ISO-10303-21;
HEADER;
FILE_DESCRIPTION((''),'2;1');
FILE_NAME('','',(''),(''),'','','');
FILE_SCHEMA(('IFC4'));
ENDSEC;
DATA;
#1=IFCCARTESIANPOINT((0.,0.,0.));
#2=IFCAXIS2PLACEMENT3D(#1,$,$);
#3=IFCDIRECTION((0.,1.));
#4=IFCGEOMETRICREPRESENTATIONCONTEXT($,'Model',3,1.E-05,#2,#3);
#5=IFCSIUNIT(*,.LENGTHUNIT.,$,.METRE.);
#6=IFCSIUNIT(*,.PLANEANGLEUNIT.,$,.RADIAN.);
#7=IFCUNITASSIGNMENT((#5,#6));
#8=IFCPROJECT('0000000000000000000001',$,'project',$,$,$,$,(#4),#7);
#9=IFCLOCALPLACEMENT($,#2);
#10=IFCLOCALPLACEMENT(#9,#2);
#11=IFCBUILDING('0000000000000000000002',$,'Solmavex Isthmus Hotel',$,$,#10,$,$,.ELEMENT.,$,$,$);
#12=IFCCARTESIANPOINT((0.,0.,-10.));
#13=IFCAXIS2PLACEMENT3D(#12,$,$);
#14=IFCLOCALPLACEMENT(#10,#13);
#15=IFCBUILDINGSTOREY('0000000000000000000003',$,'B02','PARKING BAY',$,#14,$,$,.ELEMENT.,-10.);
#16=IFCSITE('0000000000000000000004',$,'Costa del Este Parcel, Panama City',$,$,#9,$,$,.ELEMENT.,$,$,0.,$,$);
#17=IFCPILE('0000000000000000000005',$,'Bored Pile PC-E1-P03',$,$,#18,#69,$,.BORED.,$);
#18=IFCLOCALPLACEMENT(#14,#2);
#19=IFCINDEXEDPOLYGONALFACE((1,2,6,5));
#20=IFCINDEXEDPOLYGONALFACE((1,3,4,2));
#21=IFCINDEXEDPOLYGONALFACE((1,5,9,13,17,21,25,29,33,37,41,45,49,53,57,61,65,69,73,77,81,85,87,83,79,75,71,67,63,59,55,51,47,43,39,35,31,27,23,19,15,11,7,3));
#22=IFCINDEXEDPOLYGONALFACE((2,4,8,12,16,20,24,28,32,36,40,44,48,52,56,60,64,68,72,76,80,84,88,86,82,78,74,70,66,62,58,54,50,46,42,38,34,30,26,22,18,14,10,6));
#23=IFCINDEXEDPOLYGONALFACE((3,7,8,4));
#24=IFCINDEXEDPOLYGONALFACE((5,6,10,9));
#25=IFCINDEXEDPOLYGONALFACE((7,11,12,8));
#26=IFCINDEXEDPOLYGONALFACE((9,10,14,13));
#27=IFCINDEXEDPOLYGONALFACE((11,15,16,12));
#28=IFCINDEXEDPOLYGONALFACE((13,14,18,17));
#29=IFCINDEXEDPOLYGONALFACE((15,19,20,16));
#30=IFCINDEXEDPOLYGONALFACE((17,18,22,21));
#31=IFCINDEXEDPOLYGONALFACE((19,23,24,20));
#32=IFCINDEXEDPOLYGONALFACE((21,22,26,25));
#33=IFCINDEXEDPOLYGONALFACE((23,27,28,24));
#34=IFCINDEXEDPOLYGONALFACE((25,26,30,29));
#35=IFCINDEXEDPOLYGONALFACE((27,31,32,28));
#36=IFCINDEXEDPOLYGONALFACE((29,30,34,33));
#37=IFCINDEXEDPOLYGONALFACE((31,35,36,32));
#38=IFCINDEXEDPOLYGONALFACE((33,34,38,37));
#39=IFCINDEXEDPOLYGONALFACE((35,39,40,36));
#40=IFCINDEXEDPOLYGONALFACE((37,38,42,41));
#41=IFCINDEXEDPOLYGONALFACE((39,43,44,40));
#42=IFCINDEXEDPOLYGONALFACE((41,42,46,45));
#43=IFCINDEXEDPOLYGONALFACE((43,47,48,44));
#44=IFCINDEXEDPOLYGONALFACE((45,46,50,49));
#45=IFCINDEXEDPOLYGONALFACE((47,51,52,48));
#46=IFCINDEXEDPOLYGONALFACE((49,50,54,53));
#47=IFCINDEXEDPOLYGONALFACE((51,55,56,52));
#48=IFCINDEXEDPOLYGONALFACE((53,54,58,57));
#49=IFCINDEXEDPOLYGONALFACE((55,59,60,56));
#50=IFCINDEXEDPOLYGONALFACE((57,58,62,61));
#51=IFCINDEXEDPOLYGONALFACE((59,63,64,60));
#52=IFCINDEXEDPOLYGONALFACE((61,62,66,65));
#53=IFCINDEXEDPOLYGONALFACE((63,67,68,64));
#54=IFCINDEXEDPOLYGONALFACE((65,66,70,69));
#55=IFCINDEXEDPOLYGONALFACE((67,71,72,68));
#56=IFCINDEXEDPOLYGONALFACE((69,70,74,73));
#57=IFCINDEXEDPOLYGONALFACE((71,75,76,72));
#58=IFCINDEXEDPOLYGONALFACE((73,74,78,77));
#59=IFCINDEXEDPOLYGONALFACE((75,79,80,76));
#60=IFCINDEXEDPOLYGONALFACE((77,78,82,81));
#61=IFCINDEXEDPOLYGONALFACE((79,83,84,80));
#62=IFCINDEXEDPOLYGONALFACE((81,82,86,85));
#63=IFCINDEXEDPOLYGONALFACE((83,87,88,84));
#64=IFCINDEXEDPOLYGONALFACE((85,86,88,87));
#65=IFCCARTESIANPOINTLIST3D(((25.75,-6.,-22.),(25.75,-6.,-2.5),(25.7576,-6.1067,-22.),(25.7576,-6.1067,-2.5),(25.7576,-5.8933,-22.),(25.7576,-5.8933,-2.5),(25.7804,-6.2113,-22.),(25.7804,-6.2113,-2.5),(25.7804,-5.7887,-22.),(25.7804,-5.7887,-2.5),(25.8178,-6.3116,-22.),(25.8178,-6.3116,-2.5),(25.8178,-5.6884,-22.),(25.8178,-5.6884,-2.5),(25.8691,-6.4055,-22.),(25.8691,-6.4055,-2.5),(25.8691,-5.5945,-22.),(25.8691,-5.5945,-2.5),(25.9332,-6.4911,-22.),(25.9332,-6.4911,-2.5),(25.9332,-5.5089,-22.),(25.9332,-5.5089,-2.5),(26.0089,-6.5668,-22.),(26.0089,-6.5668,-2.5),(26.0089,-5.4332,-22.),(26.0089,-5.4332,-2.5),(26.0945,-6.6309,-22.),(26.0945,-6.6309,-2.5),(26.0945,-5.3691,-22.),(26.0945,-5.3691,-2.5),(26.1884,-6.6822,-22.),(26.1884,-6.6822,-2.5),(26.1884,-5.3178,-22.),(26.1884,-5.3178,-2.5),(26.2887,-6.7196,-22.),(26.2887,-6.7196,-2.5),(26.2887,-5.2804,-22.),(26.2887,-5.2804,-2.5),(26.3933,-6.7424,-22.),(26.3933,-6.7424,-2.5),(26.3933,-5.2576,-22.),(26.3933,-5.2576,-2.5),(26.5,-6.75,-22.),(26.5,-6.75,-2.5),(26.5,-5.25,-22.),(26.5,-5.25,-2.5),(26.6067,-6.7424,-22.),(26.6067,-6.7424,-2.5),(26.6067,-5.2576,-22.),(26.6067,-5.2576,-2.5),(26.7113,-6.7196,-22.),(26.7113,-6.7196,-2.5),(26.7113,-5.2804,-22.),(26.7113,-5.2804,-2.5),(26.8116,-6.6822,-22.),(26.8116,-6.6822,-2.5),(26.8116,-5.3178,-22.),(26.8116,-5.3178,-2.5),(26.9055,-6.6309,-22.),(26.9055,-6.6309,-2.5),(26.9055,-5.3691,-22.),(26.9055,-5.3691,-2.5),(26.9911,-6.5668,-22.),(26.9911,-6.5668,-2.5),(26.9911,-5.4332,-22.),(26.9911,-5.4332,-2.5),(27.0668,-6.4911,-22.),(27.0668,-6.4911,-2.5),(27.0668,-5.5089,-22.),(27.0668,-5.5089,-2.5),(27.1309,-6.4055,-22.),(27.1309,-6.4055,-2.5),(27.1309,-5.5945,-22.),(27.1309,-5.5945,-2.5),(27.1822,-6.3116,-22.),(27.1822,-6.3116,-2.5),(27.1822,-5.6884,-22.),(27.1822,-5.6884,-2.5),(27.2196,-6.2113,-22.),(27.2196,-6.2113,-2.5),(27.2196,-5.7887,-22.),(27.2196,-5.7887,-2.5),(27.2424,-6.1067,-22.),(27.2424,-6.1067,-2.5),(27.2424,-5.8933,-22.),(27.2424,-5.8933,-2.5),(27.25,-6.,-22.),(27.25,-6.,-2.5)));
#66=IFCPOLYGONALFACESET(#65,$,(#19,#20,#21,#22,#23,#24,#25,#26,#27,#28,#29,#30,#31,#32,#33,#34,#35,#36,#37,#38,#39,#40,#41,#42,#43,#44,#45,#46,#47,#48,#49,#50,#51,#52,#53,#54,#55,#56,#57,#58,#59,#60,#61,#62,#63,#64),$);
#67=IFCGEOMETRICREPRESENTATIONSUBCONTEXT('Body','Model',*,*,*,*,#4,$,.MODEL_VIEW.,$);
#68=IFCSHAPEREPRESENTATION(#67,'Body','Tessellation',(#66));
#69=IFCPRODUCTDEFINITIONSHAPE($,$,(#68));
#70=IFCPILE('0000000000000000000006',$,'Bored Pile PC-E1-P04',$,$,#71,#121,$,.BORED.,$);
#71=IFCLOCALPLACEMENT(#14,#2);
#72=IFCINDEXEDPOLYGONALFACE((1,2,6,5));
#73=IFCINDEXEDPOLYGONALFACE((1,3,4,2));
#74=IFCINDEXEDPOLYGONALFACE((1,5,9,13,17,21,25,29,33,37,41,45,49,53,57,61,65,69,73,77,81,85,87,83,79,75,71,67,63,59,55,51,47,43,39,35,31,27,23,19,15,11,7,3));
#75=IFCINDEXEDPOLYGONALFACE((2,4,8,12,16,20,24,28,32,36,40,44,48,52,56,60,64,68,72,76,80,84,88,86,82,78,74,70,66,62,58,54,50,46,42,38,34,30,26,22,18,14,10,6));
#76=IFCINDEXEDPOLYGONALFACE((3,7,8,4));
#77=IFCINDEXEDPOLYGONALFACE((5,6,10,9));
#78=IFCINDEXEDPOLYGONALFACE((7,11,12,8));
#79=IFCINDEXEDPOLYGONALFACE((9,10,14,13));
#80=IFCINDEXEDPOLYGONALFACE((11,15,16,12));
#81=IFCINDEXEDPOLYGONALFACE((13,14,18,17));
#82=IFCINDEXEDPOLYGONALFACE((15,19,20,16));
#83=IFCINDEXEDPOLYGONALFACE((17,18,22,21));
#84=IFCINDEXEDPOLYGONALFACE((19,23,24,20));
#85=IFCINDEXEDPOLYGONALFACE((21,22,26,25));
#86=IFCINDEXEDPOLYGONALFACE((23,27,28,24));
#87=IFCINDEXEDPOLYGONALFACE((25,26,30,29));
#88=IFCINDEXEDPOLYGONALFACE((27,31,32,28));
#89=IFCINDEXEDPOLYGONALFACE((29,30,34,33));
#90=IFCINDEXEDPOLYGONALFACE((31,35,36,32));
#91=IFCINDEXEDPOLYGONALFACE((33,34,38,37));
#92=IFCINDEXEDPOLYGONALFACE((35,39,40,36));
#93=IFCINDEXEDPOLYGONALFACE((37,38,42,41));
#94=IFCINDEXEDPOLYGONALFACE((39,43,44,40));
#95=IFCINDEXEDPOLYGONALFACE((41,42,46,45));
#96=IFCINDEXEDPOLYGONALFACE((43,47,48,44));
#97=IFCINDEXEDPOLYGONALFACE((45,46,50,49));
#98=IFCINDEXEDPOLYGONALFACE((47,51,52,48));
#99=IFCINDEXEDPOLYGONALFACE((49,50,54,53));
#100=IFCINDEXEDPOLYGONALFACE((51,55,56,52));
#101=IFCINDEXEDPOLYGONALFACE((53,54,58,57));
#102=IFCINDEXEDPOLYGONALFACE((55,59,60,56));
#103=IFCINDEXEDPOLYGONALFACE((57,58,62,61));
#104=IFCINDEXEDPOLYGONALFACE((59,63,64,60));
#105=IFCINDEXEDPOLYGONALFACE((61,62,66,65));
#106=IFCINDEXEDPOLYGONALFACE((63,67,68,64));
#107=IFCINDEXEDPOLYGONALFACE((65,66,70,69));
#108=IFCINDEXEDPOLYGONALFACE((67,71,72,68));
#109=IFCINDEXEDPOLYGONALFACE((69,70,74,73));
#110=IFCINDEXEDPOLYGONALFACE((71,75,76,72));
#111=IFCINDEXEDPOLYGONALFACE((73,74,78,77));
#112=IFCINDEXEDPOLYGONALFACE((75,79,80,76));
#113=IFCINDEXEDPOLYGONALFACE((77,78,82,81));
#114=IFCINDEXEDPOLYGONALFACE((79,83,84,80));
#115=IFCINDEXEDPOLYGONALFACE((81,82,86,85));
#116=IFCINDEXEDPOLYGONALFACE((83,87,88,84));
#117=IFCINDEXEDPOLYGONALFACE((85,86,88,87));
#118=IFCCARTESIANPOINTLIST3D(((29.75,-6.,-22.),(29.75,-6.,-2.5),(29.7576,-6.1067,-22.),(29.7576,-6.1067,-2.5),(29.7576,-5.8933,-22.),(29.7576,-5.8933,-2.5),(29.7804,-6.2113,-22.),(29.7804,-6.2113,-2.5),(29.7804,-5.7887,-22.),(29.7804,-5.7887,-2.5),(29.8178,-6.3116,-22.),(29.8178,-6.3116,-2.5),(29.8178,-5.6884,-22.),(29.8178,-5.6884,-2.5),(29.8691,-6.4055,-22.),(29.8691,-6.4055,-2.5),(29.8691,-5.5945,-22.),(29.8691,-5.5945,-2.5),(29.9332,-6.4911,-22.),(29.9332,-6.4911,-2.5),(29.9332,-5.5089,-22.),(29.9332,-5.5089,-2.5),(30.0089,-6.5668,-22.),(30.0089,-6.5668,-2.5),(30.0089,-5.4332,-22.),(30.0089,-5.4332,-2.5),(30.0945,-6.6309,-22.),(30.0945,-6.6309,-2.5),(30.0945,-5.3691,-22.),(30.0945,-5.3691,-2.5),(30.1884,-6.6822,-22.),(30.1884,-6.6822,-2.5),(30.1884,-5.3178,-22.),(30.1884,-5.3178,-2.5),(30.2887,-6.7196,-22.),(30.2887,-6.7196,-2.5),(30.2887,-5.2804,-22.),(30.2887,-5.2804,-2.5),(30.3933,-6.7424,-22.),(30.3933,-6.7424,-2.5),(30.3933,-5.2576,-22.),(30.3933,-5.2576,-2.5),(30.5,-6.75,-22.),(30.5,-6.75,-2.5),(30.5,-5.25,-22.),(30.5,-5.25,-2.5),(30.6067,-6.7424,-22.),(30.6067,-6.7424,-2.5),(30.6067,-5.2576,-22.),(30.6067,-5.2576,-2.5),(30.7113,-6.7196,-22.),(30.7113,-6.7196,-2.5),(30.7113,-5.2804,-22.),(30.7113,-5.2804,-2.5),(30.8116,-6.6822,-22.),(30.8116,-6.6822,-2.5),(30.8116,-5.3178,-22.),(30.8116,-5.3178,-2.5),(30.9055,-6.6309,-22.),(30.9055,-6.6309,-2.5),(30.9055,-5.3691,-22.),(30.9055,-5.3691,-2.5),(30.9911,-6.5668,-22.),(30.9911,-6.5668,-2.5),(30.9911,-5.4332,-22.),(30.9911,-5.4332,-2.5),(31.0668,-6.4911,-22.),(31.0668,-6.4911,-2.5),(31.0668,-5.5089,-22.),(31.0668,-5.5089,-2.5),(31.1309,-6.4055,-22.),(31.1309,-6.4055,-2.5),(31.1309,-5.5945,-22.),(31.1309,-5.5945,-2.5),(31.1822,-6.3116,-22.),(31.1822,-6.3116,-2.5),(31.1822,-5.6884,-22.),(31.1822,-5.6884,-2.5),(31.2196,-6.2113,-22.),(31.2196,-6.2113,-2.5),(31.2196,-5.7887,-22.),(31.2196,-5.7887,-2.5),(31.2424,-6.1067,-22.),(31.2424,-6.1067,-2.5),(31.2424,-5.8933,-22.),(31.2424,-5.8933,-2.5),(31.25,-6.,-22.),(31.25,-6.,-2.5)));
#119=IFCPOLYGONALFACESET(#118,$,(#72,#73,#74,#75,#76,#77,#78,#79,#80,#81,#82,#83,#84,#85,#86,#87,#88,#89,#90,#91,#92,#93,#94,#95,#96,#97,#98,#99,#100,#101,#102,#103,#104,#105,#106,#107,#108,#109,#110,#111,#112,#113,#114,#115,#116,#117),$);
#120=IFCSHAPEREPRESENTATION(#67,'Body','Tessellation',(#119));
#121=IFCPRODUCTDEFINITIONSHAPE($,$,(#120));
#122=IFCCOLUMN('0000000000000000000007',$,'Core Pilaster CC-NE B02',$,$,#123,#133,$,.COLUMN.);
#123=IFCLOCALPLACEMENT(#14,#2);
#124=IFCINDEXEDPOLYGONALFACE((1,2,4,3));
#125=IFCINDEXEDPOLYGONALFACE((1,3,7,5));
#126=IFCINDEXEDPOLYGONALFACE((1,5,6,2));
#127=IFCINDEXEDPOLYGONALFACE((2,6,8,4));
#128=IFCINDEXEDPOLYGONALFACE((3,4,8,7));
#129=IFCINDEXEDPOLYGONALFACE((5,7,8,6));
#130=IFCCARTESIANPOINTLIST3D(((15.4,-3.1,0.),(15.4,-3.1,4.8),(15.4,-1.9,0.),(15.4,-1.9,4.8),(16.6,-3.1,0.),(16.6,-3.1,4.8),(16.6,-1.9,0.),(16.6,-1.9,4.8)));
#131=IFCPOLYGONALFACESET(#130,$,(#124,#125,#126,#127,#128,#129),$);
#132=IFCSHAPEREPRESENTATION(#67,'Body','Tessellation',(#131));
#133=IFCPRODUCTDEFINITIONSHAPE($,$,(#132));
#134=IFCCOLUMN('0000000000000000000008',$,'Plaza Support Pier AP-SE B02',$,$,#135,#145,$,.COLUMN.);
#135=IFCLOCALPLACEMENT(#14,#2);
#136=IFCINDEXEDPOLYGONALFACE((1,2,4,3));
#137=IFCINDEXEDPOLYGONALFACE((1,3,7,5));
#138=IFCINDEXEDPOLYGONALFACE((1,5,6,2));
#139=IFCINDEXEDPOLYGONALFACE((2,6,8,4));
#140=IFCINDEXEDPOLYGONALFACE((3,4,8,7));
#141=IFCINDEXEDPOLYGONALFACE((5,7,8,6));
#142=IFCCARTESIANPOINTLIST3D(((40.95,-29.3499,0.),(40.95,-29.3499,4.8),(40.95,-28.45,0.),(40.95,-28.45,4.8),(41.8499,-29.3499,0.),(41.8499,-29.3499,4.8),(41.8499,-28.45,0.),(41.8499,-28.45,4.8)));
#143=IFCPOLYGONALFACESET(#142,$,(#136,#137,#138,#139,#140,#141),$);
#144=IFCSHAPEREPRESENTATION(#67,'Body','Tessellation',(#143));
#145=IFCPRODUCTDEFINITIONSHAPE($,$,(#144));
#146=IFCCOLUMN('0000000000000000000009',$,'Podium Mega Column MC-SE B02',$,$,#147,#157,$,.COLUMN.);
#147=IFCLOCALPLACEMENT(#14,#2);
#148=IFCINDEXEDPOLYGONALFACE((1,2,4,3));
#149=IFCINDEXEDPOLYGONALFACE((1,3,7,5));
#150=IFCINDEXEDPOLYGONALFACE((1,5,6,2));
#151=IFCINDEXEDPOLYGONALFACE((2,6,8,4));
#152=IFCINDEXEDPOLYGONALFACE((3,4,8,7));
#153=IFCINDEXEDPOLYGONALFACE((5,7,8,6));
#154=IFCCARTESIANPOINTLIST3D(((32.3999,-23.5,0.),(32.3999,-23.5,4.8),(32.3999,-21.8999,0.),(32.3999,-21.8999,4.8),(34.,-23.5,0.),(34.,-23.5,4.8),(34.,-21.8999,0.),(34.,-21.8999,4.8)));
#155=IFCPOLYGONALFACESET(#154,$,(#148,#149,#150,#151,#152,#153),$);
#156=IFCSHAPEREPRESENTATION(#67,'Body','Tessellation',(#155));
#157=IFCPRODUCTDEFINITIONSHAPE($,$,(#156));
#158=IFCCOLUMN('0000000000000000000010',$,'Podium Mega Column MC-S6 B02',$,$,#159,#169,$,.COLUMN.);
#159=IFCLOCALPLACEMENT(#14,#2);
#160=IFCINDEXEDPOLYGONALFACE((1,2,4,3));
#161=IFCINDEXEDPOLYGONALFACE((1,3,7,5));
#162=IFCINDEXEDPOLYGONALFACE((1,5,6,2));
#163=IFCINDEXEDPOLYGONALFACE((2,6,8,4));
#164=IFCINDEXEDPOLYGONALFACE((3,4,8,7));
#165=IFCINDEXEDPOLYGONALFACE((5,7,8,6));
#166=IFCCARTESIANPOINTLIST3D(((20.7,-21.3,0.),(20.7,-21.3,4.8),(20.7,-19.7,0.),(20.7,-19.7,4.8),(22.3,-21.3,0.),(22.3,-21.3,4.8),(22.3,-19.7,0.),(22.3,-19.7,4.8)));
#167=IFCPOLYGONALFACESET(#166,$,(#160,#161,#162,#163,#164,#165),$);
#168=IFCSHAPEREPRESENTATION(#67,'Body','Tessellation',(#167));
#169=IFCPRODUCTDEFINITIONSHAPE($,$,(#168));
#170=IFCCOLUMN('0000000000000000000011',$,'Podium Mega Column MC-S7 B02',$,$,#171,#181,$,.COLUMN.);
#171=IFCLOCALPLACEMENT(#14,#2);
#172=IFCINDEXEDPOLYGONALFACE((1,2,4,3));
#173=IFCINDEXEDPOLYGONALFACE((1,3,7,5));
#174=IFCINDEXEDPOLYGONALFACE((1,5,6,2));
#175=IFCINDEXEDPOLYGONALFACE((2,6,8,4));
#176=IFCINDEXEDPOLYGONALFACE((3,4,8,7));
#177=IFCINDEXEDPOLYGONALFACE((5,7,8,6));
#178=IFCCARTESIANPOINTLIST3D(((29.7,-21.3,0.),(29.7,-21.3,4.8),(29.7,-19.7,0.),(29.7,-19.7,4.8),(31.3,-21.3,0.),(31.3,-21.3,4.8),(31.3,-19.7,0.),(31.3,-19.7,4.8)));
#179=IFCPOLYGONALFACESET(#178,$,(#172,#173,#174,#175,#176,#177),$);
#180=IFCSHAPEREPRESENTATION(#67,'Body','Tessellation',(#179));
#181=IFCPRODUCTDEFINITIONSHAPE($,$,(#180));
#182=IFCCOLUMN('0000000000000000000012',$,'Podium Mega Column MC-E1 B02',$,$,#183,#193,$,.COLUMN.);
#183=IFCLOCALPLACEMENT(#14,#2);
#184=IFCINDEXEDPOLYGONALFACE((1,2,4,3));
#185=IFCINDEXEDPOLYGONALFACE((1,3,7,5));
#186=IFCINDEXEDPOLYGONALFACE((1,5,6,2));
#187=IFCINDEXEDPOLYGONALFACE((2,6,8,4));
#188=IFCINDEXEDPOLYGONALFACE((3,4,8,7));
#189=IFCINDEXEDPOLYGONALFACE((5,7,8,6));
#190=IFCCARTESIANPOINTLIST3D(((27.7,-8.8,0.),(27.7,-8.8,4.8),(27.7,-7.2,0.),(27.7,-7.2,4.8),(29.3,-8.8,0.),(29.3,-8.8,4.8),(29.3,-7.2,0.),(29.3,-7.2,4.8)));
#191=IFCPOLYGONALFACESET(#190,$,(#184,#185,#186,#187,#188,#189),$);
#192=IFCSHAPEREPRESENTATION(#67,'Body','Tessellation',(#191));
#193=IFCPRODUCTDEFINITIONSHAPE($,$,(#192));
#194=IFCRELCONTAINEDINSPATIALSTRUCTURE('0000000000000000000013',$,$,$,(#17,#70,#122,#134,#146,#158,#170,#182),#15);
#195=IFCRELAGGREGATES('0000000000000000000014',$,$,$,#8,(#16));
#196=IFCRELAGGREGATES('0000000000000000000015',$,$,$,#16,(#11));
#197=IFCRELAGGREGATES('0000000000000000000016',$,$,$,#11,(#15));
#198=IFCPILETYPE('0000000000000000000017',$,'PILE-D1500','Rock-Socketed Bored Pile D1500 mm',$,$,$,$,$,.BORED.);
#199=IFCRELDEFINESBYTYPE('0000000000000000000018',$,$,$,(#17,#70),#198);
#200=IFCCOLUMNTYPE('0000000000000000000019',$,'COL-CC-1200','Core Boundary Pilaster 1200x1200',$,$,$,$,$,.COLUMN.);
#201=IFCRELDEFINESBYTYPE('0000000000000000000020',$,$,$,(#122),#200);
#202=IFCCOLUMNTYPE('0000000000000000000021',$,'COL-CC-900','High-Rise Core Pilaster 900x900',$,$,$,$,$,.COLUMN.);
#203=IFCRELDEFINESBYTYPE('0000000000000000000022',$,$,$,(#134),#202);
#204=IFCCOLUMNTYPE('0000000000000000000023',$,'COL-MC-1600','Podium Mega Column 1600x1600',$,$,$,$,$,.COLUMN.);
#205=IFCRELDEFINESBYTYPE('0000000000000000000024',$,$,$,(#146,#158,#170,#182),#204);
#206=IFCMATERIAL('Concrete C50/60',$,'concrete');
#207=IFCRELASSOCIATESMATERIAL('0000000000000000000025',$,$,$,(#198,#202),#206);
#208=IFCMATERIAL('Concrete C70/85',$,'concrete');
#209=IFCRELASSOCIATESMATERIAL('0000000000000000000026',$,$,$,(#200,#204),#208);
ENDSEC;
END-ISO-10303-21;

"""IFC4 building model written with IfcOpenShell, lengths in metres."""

from ifc_helpers import new_model, si_unit, direction, frame, origin, origin_2d, place, context, subcontext, project, spatial, rectangle, circle, extrude, material, material_profile, profile_set, type_object, element, save


model = new_model("IFC4")

# Units and contexts
model_context = context("Model", 3, precision=1e-05, world=origin(), true_north=direction((0.0, 1.0)))
body_context = subcontext(model_context, "Body", "Model", "MODEL_VIEW")
ifc_project = project(units=[si_unit("LENGTHUNIT", "METRE"), si_unit("PLANEANGLEUNIT", "RADIAN")], contexts=[model_context])

# Site, building, storey
site_placement = place(None, origin())
site = spatial("IfcSite", under=ifc_project, at=site_placement, Name="Costa del Este Parcel, Panama City", CompositionType="ELEMENT", RefElevation=0.0)
building_placement = place(site_placement, origin())
building = spatial("IfcBuilding", under=site, at=building_placement, Name="Solmavex Isthmus Hotel", CompositionType="ELEMENT")
storey_placement = place(building_placement, frame((0.0, 0.0, -10.0)))
storey = spatial("IfcBuildingStorey", under=building, at=storey_placement, Name="B02", Description="PARKING BAY", CompositionType="ELEMENT", Elevation=-10.0)

# Shared definitions
ifc_material_1 = material(Name="Concrete C50/60", Category="concrete")

# Piles
ifc_material_profile_1 = material_profile(ifc_material_1, circle(Radius=0.75, at=origin_2d()), Name="PILE1500")
ifc_profile_set_1 = profile_set([ifc_material_profile_1], Name="Concrete C50/60")
pile_type = type_object("IfcPileType", Name="PILE-D1500", Description="Rock-Socketed Bored Pile D1500 mm", PredefinedType="BORED", material=ifc_profile_set_1)
for number, where, z_axis, x_axis, name in (
    (1, (26.5, -6.0, -2.5), (0.0, 0.0, -1.0), (1.0, 0.0, 0.0), "Bored Pile PC-E1-P03"),
    (2, (30.5, -6.0, -2.5), (0.0, 0.0, -1.0), (1.0, 0.0, 0.0), "Bored Pile PC-E1-P04"),
):
    element("IfcPile", number, at=place(storey_placement, frame(where, z_axis=z_axis, x_axis=x_axis)), inside=storey, type_object=pile_type, Name=name, PredefinedType="BORED", context=body_context, shape_type="SweptSolid", body=[
        extrude(circle(Radius=0.75, at=origin_2d()), origin(), (0.0, 0.0, 1.0), 19.5),
    ])

# Columns
ifc_material_2 = material(Name="Concrete C70/85", Category="concrete")
ifc_material_profile_2 = material_profile(ifc_material_2, rectangle(XDim=1.2, YDim=1.2, at=origin_2d()), Name="RC1200X1200")
ifc_profile_set_2 = profile_set([ifc_material_profile_2], Name="Concrete C70/85")
column_type_1 = type_object("IfcColumnType", Name="COL-CC-1200", Description="Core Boundary Pilaster 1200x1200", PredefinedType="COLUMN", material=ifc_profile_set_2)
column_1_placement = place(storey_placement, frame((16.0, -2.5, 0.0), z_axis=(0.0, 0.0, 1.0), x_axis=(1.0, 0.0, 0.0)))
element("IfcColumn", 3, at=column_1_placement, inside=storey, type_object=column_type_1, Name="Core Pilaster CC-NE B02", PredefinedType="COLUMN", context=body_context, shape_type="SweptSolid", body=[
    extrude(rectangle(XDim=1.2, YDim=1.2, at=origin_2d()), origin(), (0.0, 0.0, 1.0), 4.8),
])
ifc_material_profile_3 = material_profile(ifc_material_1, rectangle(XDim=0.8999, YDim=0.8999, at=origin_2d()), Name="RC900X900")
ifc_profile_set_3 = profile_set([ifc_material_profile_3], Name="Concrete C50/60")
column_type_2 = type_object("IfcColumnType", Name="COL-CC-900", Description="High-Rise Core Pilaster 900x900", PredefinedType="COLUMN", material=ifc_profile_set_3)
column_2_placement = place(storey_placement, frame((41.3999, -28.8999, 0.0), z_axis=(0.0, 0.0, 1.0), x_axis=(1.0, 0.0, 0.0)))
element("IfcColumn", 4, at=column_2_placement, inside=storey, type_object=column_type_2, Name="Plaza Support Pier AP-SE B02", PredefinedType="COLUMN", context=body_context, shape_type="SweptSolid", body=[
    extrude(rectangle(XDim=0.8999, YDim=0.8999, at=origin_2d()), origin(), (0.0, 0.0, 1.0), 4.8),
])
ifc_material_profile_4 = material_profile(ifc_material_2, rectangle(XDim=1.6001, YDim=1.6001, at=origin_2d()), Name="RC1600X1600")
ifc_profile_set_4 = profile_set([ifc_material_profile_4], Name="Concrete C70/85")
column_type_3 = type_object("IfcColumnType", Name="COL-MC-1600", Description="Podium Mega Column 1600x1600", PredefinedType="COLUMN", material=ifc_profile_set_4)
for number, where, z_axis, x_axis, name in (
    (5, (33.2, -22.7, 0.0), (0.0, 0.0, 1.0), (1.0, 0.0, 0.0), "Podium Mega Column MC-SE B02"),
    (6, (21.5, -20.5, 0.0), (0.0, 0.0, 1.0), (1.0, 0.0, 0.0), "Podium Mega Column MC-S6 B02"),
    (7, (30.5, -20.5, 0.0), (0.0, 0.0, 1.0), (1.0, 0.0, 0.0), "Podium Mega Column MC-S7 B02"),
    (8, (28.5, -8.0, 0.0), (0.0, 0.0, 1.0), (1.0, 0.0, 0.0), "Podium Mega Column MC-E1 B02"),
):
    element("IfcColumn", number, at=place(storey_placement, frame(where, z_axis=z_axis, x_axis=x_axis)), inside=storey, type_object=column_type_3, Name=name, PredefinedType="COLUMN", context=body_context, shape_type="SweptSolid", body=[
        extrude(rectangle(XDim=1.6001, YDim=1.6001, at=origin_2d()), origin(), (0.0, 0.0, 1.0), 4.8),
    ])

save(model, "model.ifc")
